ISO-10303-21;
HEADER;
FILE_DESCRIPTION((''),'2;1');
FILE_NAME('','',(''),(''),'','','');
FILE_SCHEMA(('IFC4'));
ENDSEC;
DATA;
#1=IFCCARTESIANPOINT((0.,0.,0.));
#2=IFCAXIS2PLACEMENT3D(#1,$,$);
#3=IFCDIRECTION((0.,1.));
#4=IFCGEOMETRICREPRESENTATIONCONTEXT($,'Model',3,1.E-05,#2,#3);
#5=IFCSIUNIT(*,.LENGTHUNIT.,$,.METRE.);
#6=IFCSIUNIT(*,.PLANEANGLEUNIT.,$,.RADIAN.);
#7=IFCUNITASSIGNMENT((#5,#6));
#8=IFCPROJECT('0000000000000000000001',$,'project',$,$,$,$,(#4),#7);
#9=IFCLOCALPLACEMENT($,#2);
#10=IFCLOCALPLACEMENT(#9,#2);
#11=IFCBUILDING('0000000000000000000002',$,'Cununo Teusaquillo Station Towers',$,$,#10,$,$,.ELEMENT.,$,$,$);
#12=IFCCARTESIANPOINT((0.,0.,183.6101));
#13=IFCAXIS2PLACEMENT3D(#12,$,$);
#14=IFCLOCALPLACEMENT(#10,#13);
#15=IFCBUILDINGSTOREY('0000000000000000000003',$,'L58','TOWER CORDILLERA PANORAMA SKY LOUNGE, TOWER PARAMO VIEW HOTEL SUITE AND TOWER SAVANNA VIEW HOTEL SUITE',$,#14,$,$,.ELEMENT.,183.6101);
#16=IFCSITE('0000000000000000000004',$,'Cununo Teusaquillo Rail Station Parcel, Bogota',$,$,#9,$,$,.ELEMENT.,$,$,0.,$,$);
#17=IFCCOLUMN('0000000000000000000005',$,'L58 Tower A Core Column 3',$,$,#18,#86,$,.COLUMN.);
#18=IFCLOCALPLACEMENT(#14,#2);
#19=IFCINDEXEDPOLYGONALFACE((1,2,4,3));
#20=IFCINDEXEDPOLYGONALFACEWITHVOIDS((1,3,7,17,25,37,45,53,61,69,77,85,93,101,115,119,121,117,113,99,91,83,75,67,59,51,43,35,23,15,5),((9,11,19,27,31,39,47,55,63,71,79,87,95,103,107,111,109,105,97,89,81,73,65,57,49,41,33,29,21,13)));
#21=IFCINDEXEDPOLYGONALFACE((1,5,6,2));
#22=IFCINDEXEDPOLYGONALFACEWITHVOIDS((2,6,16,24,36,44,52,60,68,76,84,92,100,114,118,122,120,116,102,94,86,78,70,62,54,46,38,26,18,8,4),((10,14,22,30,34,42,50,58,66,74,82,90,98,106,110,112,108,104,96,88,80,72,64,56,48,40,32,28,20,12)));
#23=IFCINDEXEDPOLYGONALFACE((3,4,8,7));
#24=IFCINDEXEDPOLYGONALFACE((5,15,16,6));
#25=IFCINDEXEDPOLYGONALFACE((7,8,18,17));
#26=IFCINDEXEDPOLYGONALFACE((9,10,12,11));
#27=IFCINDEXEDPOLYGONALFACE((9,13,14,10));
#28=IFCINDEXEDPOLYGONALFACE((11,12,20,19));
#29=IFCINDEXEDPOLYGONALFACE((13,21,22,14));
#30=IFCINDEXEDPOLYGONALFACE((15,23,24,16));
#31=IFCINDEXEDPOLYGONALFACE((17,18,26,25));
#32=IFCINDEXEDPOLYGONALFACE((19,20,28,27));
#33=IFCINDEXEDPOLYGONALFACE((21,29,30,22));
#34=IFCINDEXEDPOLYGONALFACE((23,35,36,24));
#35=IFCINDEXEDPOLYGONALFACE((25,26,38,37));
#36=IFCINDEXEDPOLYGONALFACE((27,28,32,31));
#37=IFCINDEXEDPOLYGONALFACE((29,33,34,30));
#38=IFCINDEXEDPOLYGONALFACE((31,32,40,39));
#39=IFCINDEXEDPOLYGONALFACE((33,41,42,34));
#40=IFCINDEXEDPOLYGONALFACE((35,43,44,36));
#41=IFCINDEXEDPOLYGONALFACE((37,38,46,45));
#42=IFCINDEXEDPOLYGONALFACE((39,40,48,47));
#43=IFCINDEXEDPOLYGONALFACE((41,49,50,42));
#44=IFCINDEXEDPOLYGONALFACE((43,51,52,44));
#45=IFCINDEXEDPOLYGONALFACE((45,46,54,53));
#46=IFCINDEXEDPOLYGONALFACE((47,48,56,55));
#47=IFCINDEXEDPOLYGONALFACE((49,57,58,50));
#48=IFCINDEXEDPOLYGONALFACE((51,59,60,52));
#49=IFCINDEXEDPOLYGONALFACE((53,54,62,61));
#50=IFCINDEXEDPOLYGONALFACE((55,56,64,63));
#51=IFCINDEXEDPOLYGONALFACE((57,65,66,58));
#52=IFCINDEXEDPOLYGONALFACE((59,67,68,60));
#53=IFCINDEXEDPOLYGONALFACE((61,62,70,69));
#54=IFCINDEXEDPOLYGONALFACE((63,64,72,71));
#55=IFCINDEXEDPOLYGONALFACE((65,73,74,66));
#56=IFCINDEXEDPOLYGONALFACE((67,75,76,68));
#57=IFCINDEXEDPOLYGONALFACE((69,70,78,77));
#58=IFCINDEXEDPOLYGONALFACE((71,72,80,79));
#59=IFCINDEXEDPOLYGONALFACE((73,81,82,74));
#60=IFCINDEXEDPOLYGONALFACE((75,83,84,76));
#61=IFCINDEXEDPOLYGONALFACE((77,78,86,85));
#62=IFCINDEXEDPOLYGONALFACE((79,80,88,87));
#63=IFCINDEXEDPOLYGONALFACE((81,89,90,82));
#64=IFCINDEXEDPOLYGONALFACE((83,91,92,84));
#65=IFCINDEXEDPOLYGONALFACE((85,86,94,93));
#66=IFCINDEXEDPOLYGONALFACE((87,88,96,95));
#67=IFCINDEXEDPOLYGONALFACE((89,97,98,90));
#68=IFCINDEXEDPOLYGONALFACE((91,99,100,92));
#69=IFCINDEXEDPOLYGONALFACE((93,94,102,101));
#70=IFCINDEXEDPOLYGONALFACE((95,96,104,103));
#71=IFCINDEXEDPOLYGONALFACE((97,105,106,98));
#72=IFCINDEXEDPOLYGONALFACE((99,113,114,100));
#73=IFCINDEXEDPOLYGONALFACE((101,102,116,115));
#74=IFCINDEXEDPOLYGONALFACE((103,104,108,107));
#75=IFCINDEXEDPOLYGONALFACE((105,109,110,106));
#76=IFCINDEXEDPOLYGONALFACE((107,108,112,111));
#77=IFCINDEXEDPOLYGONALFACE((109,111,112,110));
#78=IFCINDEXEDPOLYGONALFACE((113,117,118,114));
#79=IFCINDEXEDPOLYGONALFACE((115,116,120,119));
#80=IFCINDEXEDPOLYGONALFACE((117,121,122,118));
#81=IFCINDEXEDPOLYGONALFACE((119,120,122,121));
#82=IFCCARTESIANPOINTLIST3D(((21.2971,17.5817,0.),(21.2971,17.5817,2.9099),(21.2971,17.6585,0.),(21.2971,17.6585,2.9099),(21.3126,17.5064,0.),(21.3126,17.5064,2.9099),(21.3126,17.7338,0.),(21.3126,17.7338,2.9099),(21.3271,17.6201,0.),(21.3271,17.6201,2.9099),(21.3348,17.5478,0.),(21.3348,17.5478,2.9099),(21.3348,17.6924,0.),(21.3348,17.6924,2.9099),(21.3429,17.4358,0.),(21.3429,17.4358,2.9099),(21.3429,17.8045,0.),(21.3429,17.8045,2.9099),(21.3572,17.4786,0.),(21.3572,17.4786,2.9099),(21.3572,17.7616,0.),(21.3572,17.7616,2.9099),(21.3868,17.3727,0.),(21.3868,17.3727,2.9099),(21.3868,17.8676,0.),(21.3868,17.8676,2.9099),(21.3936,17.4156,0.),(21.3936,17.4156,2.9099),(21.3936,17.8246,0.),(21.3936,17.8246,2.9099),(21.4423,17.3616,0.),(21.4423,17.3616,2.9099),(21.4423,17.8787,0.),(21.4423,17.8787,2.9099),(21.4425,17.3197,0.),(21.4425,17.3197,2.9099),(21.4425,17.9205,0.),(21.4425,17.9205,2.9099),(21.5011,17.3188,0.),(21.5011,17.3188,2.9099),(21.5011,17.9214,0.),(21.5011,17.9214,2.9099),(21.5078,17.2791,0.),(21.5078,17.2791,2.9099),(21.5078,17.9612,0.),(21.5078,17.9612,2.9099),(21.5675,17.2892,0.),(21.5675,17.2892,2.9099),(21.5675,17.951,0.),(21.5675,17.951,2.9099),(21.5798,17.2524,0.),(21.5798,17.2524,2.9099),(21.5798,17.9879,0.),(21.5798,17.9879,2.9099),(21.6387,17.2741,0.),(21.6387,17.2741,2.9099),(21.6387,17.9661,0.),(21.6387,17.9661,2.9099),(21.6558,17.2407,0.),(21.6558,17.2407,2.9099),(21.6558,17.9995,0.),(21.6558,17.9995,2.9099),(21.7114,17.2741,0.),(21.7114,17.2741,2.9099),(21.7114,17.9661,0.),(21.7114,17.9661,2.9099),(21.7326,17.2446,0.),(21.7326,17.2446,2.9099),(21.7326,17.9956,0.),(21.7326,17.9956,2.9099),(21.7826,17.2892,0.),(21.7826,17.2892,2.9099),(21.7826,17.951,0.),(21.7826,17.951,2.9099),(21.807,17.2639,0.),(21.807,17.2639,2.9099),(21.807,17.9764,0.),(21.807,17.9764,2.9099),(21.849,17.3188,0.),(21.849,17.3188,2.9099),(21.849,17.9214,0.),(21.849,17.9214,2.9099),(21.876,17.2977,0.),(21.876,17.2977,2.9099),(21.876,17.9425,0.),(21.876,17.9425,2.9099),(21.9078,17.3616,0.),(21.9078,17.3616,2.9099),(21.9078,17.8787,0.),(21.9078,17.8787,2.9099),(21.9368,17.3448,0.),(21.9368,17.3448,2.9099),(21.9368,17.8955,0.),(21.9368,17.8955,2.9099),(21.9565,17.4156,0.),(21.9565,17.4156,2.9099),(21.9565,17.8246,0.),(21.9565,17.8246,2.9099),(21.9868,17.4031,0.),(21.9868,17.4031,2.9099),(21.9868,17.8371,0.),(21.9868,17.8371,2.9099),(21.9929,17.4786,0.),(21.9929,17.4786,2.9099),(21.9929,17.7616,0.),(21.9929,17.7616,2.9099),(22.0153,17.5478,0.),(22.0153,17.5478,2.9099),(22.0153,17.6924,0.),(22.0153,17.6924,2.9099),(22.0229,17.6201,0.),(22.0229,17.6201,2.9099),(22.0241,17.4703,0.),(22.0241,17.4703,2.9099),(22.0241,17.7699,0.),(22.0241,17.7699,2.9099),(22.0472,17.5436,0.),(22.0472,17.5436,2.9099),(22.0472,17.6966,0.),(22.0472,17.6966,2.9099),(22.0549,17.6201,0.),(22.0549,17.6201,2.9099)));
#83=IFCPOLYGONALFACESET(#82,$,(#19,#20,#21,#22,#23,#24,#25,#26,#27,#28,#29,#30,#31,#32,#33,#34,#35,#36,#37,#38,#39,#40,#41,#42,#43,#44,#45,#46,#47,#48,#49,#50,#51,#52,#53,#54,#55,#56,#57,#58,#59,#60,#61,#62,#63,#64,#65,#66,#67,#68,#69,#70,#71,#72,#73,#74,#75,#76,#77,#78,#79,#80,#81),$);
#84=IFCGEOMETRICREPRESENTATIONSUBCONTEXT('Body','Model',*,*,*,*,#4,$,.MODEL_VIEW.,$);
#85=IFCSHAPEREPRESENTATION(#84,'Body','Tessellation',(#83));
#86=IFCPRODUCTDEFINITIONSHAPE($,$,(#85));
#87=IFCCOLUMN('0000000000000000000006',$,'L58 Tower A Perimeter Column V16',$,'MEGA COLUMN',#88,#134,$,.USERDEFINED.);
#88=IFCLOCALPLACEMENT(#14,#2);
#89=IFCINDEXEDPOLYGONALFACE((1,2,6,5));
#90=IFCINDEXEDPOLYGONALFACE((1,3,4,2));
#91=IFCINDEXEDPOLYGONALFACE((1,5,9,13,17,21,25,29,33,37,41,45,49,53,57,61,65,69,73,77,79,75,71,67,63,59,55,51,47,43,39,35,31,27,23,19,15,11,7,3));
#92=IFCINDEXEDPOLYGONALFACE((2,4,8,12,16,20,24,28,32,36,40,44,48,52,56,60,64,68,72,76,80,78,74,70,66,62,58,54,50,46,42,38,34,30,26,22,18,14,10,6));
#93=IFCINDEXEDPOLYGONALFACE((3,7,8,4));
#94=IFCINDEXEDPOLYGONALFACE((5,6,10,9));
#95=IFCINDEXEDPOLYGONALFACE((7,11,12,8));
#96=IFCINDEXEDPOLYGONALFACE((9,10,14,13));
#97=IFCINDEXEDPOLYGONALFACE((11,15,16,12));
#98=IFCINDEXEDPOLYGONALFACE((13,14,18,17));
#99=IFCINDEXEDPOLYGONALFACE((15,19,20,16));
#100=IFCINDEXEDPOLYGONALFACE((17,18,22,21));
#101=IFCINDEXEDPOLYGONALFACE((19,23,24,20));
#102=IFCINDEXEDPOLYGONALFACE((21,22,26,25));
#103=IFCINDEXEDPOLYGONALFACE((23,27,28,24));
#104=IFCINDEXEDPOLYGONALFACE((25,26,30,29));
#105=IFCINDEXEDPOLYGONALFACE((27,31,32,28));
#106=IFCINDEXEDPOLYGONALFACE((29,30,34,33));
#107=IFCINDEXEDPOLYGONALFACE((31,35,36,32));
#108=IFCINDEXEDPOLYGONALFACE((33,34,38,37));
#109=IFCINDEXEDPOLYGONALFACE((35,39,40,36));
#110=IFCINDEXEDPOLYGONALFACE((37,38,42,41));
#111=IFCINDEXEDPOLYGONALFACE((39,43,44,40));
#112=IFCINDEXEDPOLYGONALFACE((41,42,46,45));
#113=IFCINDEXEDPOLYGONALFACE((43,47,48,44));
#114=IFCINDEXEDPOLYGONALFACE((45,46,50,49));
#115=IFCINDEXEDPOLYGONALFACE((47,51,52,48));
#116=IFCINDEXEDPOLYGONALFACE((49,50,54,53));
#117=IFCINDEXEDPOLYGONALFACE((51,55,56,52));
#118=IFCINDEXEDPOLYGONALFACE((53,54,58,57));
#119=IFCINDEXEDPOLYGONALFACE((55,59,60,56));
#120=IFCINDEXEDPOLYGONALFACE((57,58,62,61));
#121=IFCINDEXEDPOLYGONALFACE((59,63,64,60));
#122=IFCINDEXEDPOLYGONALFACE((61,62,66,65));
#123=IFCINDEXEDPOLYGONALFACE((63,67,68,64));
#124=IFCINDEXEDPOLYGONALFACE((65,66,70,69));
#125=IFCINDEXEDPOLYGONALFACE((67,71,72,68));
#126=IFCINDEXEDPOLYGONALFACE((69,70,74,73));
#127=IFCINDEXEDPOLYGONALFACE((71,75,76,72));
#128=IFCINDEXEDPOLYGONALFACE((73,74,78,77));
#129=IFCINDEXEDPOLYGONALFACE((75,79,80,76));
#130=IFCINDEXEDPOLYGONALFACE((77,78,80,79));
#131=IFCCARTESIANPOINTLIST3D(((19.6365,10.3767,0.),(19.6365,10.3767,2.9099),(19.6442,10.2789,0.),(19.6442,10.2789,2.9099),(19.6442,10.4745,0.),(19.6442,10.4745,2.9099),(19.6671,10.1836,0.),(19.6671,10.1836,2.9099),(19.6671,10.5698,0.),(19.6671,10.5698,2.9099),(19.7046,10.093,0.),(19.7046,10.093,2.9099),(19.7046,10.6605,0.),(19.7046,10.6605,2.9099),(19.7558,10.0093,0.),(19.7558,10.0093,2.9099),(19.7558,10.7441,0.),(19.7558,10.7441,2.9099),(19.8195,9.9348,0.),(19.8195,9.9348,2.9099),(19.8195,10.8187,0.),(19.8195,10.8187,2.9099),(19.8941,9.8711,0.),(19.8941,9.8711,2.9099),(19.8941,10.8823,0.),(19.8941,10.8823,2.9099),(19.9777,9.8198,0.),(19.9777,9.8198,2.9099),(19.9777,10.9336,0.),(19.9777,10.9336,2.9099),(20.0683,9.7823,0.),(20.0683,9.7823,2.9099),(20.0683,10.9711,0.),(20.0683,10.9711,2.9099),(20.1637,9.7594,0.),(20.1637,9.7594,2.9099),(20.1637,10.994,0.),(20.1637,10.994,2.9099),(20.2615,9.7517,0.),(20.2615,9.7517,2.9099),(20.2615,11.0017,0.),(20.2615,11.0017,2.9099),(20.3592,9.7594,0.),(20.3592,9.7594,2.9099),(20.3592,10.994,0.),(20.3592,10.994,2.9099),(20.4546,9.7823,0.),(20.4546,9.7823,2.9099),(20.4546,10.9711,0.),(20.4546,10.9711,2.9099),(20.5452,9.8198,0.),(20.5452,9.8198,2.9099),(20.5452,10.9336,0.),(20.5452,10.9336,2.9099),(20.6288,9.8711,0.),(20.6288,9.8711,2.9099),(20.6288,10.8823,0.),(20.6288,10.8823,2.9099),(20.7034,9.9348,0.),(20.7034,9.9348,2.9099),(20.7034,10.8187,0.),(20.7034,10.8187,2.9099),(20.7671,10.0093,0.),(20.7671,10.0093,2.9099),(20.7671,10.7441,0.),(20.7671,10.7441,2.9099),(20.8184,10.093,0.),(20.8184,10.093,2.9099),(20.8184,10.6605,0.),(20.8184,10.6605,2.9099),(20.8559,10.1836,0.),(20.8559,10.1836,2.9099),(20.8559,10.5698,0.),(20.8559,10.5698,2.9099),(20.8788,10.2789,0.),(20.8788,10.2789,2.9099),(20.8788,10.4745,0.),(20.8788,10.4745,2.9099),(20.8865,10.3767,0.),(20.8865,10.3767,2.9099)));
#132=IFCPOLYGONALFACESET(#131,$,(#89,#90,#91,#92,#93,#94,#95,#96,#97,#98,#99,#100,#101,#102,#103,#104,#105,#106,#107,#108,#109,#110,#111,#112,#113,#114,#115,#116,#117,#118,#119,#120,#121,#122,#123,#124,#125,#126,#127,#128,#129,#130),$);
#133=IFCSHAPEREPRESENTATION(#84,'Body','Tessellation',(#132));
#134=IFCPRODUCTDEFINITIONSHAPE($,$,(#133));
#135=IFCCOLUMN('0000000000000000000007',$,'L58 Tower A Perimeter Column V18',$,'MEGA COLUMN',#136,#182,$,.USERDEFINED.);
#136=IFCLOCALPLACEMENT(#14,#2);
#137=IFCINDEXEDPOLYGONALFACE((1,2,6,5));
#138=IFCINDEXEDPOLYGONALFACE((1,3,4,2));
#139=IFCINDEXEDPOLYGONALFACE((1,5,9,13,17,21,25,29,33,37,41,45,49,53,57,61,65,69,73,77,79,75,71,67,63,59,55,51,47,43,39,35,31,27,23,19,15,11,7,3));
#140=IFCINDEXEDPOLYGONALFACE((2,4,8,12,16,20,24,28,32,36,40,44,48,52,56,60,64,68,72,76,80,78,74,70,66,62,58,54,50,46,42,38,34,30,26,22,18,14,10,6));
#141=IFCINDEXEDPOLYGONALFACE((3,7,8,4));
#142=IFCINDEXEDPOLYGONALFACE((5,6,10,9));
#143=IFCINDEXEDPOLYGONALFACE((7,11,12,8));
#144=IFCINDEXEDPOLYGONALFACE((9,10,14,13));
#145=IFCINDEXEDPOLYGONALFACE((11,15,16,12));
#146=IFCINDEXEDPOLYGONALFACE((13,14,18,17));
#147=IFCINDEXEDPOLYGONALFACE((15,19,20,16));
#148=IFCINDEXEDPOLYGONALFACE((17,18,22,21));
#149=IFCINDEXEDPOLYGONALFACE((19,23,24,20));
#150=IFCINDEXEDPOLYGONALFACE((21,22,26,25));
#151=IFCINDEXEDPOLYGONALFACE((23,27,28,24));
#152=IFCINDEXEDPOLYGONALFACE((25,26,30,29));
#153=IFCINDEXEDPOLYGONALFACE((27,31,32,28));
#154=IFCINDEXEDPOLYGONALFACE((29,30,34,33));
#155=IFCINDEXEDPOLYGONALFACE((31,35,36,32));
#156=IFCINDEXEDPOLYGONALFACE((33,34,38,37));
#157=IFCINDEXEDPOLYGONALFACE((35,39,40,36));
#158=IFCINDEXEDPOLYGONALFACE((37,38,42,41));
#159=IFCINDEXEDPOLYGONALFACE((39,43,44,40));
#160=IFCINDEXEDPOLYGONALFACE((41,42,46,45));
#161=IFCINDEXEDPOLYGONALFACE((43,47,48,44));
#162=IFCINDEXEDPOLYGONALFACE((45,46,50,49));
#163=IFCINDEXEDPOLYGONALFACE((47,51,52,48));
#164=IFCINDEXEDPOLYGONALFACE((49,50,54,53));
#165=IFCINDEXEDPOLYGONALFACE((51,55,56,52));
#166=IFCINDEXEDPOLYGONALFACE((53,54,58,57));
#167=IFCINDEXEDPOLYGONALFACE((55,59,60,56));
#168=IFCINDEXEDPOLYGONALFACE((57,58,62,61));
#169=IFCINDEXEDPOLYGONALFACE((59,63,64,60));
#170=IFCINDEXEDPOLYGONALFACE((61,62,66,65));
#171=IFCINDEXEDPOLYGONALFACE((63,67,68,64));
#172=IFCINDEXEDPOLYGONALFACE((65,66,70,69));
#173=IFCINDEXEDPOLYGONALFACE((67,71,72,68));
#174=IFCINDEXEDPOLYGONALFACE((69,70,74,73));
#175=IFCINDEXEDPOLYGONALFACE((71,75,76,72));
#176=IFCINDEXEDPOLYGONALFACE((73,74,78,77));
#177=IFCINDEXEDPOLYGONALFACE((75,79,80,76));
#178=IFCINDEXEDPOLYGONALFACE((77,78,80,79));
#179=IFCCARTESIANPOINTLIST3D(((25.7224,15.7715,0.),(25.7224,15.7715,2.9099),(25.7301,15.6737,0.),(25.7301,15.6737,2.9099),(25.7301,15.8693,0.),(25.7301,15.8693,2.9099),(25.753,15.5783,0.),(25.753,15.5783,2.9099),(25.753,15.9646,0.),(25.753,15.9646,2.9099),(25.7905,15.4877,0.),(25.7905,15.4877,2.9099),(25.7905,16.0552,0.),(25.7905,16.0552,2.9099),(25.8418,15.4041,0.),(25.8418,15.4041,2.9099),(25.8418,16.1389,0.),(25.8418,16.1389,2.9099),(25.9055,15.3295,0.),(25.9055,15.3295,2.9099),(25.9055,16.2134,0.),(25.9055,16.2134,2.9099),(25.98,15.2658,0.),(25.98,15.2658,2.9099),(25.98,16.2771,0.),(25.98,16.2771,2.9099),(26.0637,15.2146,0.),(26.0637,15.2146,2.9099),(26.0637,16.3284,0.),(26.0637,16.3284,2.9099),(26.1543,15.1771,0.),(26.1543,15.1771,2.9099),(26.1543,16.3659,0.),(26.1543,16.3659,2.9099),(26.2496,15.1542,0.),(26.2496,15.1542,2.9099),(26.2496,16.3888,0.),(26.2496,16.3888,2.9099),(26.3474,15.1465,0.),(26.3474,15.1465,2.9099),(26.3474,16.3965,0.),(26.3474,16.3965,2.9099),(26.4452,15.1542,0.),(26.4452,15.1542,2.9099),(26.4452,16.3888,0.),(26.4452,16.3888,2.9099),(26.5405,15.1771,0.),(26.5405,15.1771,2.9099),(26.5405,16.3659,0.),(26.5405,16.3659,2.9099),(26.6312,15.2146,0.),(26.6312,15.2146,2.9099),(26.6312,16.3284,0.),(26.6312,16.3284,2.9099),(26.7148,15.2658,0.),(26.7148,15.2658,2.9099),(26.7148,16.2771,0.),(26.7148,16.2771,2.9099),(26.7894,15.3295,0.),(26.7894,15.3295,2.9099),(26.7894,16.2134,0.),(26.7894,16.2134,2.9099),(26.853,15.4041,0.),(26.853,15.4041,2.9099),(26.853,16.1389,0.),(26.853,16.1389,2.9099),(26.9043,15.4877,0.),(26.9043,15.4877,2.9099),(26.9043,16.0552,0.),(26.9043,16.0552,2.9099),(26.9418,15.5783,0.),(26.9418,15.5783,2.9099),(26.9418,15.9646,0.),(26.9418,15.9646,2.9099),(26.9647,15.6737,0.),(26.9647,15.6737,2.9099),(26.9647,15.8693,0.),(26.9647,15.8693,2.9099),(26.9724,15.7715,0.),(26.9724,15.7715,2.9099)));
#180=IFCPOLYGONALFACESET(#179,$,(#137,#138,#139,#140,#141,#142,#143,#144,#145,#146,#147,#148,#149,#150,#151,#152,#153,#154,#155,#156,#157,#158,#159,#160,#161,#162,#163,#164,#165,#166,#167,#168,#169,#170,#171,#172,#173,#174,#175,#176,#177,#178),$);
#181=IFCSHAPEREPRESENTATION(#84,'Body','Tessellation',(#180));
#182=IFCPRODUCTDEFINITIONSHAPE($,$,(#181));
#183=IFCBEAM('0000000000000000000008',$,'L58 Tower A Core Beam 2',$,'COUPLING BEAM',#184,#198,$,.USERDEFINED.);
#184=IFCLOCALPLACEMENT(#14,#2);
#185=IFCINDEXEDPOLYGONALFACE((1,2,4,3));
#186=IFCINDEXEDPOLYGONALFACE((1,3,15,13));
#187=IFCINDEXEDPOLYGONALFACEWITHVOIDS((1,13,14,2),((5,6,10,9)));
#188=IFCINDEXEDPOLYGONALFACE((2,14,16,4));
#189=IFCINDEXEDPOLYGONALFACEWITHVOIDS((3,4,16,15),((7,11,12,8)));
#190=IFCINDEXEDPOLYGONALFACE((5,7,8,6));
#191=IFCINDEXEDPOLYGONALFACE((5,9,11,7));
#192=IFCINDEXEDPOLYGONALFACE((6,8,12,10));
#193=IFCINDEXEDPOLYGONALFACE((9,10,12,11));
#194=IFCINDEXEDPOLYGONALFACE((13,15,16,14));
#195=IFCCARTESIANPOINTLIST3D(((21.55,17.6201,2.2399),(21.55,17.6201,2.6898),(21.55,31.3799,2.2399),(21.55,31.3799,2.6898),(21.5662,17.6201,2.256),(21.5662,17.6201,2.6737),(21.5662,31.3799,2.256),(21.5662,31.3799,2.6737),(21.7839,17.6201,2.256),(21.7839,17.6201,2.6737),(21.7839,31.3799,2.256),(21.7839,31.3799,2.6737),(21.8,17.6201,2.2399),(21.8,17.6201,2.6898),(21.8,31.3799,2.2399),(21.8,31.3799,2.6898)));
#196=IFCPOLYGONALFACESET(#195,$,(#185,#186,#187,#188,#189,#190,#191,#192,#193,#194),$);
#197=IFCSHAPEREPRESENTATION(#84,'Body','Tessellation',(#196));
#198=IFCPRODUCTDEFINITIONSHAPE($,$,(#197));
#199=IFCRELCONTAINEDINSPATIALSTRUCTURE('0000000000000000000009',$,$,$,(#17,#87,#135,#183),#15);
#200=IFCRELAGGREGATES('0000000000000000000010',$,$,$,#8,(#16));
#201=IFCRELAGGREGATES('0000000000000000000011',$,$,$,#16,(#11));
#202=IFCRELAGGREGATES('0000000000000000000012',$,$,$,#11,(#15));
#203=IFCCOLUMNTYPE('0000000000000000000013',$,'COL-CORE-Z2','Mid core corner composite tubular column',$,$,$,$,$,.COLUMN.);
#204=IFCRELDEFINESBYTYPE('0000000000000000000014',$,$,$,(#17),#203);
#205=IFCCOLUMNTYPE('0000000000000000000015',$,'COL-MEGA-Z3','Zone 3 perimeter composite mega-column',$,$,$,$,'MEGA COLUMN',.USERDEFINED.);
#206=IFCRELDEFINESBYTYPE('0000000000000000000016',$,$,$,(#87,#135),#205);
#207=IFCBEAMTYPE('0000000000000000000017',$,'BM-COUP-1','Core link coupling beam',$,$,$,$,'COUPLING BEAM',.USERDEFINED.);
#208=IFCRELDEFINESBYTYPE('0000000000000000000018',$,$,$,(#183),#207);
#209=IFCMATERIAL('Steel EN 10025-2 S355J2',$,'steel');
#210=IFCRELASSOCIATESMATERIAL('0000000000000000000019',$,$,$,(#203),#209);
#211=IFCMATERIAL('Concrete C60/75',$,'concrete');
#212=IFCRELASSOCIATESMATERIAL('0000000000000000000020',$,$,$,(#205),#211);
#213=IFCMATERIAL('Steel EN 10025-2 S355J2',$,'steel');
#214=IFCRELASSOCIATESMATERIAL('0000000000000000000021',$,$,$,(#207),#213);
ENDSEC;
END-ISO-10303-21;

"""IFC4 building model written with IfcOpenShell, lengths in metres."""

from ifc_helpers import new_model, si_unit, direction, frame, origin, origin_2d, place, context, subcontext, project, spatial, hollow_rectangle, circle, hollow_circle, extrude, material, material_profile, profile_set, type_object, element, save


model = new_model("IFC4")

# Units and contexts
model_context = context("Model", 3, precision=1e-05, world=origin(), true_north=direction((0.0, 1.0)))
body_context = subcontext(model_context, "Body", "Model", "MODEL_VIEW")
ifc_project = project(units=[si_unit("LENGTHUNIT", "METRE"), si_unit("PLANEANGLEUNIT", "RADIAN")], contexts=[model_context])

# Site, building, storey
site_placement = place(None, origin())
site = spatial("IfcSite", under=ifc_project, at=site_placement, Name="Cununo Teusaquillo Rail Station Parcel, Bogota", CompositionType="ELEMENT", RefElevation=0.0)
building_placement = place(site_placement, origin())
building = spatial("IfcBuilding", under=site, at=building_placement, Name="Cununo Teusaquillo Station Towers", CompositionType="ELEMENT")
storey_placement = place(building_placement, frame((0.0, 0.0, 183.6101)))
storey = spatial("IfcBuildingStorey", under=building, at=storey_placement, Name="L58", Description="TOWER CORDILLERA PANORAMA SKY LOUNGE, TOWER PARAMO VIEW HOTEL SUITE AND TOWER SAVANNA VIEW HOTEL SUITE", CompositionType="ELEMENT", Elevation=183.6101)

# Columns
ifc_material_1 = material(Name="Steel EN 10025-2 S355J2", Category="steel")
ifc_material_profile_1 = material_profile(ifc_material_1, hollow_circle(Radius=0.3799, WallThickness=0.032, at=origin_2d()), Name="CHS 760x32")
ifc_profile_set_1 = profile_set([ifc_material_profile_1], Name="Steel EN 10025-2 S355J2")
column_type_1 = type_object("IfcColumnType", Name="COL-CORE-Z2", Description="Mid core corner composite tubular column", PredefinedType="COLUMN", material=ifc_profile_set_1)
column_placement = place(storey_placement, frame((21.675, 17.6201, 0.0), z_axis=(0.0, 0.0, 1.0), x_axis=(1.0, 0.0, 0.0)))
element("IfcColumn", 1, at=column_placement, inside=storey, type_object=column_type_1, Name="L58 Tower A Core Column 3", PredefinedType="COLUMN", context=body_context, shape_type="SweptSolid", body=[
    extrude(hollow_circle(Radius=0.3799, WallThickness=0.032, at=origin_2d()), origin(), (0.0, 0.0, 1.0), 2.9099),
])
ifc_material_2 = material(Name="Concrete C60/75", Category="concrete")
ifc_material_profile_2 = material_profile(ifc_material_2, circle(Radius=0.625, at=origin_2d()), Name="RC-CIRC-1250")
ifc_profile_set_2 = profile_set([ifc_material_profile_2], Name="Concrete C60/75")
column_type_2 = type_object("IfcColumnType", Name="COL-MEGA-Z3", Description="Zone 3 perimeter composite mega-column", ElementType="MEGA COLUMN", PredefinedType="USERDEFINED", material=ifc_profile_set_2)
for number, where, z_axis, x_axis, name in (
    (2, (20.2615, 10.3767, 0.0), (0.0, 0.0, 1.0), (1.0, 0.0, 0.0), "L58 Tower A Perimeter Column V16"),
    (3, (26.3474, 15.7715, 0.0), (0.0, 0.0, 1.0), (1.0, 0.0, 0.0), "L58 Tower A Perimeter Column V18"),
):
    element("IfcColumn", number, at=place(storey_placement, frame(where, z_axis=z_axis, x_axis=x_axis)), inside=storey, type_object=column_type_2, Name=name, ObjectType="MEGA COLUMN", PredefinedType="USERDEFINED", context=body_context, shape_type="SweptSolid", body=[
        extrude(circle(Radius=0.625, at=origin_2d()), origin(), (0.0, 0.0, 1.0), 2.9099),
    ])

# Beam
ifc_material_3 = material(Name="Steel EN 10025-2 S355J2", Category="steel")
ifc_material_profile_3 = material_profile(ifc_material_3, hollow_rectangle(XDim=0.25, YDim=0.45, WallThickness=0.0161, at=origin_2d()), Name="RHS 450x250x16")
ifc_profile_set_3 = profile_set([ifc_material_profile_3], Name="Steel EN 10025-2 S355J2")
beam_type_1 = type_object("IfcBeamType", Name="BM-COUP-1", Description="Core link coupling beam", ElementType="COUPLING BEAM", PredefinedType="USERDEFINED", material=ifc_profile_set_3)
beam_1_placement = place(storey_placement, frame((21.675, 17.6201, 2.4648), z_axis=(0.0, 1.0, 0.0), x_axis=(-1.0, 0.0, 0.0)))
element("IfcBeam", 4, at=beam_1_placement, inside=storey, type_object=beam_type_1, Name="L58 Tower A Core Beam 2", ObjectType="COUPLING BEAM", PredefinedType="USERDEFINED", context=body_context, shape_type="SweptSolid", body=[
    extrude(hollow_rectangle(XDim=0.25, YDim=0.45, WallThickness=0.0161, at=origin_2d()), origin(), (0.0, 0.0, 1.0), 13.7598),
])

save(model, "model.ifc")
